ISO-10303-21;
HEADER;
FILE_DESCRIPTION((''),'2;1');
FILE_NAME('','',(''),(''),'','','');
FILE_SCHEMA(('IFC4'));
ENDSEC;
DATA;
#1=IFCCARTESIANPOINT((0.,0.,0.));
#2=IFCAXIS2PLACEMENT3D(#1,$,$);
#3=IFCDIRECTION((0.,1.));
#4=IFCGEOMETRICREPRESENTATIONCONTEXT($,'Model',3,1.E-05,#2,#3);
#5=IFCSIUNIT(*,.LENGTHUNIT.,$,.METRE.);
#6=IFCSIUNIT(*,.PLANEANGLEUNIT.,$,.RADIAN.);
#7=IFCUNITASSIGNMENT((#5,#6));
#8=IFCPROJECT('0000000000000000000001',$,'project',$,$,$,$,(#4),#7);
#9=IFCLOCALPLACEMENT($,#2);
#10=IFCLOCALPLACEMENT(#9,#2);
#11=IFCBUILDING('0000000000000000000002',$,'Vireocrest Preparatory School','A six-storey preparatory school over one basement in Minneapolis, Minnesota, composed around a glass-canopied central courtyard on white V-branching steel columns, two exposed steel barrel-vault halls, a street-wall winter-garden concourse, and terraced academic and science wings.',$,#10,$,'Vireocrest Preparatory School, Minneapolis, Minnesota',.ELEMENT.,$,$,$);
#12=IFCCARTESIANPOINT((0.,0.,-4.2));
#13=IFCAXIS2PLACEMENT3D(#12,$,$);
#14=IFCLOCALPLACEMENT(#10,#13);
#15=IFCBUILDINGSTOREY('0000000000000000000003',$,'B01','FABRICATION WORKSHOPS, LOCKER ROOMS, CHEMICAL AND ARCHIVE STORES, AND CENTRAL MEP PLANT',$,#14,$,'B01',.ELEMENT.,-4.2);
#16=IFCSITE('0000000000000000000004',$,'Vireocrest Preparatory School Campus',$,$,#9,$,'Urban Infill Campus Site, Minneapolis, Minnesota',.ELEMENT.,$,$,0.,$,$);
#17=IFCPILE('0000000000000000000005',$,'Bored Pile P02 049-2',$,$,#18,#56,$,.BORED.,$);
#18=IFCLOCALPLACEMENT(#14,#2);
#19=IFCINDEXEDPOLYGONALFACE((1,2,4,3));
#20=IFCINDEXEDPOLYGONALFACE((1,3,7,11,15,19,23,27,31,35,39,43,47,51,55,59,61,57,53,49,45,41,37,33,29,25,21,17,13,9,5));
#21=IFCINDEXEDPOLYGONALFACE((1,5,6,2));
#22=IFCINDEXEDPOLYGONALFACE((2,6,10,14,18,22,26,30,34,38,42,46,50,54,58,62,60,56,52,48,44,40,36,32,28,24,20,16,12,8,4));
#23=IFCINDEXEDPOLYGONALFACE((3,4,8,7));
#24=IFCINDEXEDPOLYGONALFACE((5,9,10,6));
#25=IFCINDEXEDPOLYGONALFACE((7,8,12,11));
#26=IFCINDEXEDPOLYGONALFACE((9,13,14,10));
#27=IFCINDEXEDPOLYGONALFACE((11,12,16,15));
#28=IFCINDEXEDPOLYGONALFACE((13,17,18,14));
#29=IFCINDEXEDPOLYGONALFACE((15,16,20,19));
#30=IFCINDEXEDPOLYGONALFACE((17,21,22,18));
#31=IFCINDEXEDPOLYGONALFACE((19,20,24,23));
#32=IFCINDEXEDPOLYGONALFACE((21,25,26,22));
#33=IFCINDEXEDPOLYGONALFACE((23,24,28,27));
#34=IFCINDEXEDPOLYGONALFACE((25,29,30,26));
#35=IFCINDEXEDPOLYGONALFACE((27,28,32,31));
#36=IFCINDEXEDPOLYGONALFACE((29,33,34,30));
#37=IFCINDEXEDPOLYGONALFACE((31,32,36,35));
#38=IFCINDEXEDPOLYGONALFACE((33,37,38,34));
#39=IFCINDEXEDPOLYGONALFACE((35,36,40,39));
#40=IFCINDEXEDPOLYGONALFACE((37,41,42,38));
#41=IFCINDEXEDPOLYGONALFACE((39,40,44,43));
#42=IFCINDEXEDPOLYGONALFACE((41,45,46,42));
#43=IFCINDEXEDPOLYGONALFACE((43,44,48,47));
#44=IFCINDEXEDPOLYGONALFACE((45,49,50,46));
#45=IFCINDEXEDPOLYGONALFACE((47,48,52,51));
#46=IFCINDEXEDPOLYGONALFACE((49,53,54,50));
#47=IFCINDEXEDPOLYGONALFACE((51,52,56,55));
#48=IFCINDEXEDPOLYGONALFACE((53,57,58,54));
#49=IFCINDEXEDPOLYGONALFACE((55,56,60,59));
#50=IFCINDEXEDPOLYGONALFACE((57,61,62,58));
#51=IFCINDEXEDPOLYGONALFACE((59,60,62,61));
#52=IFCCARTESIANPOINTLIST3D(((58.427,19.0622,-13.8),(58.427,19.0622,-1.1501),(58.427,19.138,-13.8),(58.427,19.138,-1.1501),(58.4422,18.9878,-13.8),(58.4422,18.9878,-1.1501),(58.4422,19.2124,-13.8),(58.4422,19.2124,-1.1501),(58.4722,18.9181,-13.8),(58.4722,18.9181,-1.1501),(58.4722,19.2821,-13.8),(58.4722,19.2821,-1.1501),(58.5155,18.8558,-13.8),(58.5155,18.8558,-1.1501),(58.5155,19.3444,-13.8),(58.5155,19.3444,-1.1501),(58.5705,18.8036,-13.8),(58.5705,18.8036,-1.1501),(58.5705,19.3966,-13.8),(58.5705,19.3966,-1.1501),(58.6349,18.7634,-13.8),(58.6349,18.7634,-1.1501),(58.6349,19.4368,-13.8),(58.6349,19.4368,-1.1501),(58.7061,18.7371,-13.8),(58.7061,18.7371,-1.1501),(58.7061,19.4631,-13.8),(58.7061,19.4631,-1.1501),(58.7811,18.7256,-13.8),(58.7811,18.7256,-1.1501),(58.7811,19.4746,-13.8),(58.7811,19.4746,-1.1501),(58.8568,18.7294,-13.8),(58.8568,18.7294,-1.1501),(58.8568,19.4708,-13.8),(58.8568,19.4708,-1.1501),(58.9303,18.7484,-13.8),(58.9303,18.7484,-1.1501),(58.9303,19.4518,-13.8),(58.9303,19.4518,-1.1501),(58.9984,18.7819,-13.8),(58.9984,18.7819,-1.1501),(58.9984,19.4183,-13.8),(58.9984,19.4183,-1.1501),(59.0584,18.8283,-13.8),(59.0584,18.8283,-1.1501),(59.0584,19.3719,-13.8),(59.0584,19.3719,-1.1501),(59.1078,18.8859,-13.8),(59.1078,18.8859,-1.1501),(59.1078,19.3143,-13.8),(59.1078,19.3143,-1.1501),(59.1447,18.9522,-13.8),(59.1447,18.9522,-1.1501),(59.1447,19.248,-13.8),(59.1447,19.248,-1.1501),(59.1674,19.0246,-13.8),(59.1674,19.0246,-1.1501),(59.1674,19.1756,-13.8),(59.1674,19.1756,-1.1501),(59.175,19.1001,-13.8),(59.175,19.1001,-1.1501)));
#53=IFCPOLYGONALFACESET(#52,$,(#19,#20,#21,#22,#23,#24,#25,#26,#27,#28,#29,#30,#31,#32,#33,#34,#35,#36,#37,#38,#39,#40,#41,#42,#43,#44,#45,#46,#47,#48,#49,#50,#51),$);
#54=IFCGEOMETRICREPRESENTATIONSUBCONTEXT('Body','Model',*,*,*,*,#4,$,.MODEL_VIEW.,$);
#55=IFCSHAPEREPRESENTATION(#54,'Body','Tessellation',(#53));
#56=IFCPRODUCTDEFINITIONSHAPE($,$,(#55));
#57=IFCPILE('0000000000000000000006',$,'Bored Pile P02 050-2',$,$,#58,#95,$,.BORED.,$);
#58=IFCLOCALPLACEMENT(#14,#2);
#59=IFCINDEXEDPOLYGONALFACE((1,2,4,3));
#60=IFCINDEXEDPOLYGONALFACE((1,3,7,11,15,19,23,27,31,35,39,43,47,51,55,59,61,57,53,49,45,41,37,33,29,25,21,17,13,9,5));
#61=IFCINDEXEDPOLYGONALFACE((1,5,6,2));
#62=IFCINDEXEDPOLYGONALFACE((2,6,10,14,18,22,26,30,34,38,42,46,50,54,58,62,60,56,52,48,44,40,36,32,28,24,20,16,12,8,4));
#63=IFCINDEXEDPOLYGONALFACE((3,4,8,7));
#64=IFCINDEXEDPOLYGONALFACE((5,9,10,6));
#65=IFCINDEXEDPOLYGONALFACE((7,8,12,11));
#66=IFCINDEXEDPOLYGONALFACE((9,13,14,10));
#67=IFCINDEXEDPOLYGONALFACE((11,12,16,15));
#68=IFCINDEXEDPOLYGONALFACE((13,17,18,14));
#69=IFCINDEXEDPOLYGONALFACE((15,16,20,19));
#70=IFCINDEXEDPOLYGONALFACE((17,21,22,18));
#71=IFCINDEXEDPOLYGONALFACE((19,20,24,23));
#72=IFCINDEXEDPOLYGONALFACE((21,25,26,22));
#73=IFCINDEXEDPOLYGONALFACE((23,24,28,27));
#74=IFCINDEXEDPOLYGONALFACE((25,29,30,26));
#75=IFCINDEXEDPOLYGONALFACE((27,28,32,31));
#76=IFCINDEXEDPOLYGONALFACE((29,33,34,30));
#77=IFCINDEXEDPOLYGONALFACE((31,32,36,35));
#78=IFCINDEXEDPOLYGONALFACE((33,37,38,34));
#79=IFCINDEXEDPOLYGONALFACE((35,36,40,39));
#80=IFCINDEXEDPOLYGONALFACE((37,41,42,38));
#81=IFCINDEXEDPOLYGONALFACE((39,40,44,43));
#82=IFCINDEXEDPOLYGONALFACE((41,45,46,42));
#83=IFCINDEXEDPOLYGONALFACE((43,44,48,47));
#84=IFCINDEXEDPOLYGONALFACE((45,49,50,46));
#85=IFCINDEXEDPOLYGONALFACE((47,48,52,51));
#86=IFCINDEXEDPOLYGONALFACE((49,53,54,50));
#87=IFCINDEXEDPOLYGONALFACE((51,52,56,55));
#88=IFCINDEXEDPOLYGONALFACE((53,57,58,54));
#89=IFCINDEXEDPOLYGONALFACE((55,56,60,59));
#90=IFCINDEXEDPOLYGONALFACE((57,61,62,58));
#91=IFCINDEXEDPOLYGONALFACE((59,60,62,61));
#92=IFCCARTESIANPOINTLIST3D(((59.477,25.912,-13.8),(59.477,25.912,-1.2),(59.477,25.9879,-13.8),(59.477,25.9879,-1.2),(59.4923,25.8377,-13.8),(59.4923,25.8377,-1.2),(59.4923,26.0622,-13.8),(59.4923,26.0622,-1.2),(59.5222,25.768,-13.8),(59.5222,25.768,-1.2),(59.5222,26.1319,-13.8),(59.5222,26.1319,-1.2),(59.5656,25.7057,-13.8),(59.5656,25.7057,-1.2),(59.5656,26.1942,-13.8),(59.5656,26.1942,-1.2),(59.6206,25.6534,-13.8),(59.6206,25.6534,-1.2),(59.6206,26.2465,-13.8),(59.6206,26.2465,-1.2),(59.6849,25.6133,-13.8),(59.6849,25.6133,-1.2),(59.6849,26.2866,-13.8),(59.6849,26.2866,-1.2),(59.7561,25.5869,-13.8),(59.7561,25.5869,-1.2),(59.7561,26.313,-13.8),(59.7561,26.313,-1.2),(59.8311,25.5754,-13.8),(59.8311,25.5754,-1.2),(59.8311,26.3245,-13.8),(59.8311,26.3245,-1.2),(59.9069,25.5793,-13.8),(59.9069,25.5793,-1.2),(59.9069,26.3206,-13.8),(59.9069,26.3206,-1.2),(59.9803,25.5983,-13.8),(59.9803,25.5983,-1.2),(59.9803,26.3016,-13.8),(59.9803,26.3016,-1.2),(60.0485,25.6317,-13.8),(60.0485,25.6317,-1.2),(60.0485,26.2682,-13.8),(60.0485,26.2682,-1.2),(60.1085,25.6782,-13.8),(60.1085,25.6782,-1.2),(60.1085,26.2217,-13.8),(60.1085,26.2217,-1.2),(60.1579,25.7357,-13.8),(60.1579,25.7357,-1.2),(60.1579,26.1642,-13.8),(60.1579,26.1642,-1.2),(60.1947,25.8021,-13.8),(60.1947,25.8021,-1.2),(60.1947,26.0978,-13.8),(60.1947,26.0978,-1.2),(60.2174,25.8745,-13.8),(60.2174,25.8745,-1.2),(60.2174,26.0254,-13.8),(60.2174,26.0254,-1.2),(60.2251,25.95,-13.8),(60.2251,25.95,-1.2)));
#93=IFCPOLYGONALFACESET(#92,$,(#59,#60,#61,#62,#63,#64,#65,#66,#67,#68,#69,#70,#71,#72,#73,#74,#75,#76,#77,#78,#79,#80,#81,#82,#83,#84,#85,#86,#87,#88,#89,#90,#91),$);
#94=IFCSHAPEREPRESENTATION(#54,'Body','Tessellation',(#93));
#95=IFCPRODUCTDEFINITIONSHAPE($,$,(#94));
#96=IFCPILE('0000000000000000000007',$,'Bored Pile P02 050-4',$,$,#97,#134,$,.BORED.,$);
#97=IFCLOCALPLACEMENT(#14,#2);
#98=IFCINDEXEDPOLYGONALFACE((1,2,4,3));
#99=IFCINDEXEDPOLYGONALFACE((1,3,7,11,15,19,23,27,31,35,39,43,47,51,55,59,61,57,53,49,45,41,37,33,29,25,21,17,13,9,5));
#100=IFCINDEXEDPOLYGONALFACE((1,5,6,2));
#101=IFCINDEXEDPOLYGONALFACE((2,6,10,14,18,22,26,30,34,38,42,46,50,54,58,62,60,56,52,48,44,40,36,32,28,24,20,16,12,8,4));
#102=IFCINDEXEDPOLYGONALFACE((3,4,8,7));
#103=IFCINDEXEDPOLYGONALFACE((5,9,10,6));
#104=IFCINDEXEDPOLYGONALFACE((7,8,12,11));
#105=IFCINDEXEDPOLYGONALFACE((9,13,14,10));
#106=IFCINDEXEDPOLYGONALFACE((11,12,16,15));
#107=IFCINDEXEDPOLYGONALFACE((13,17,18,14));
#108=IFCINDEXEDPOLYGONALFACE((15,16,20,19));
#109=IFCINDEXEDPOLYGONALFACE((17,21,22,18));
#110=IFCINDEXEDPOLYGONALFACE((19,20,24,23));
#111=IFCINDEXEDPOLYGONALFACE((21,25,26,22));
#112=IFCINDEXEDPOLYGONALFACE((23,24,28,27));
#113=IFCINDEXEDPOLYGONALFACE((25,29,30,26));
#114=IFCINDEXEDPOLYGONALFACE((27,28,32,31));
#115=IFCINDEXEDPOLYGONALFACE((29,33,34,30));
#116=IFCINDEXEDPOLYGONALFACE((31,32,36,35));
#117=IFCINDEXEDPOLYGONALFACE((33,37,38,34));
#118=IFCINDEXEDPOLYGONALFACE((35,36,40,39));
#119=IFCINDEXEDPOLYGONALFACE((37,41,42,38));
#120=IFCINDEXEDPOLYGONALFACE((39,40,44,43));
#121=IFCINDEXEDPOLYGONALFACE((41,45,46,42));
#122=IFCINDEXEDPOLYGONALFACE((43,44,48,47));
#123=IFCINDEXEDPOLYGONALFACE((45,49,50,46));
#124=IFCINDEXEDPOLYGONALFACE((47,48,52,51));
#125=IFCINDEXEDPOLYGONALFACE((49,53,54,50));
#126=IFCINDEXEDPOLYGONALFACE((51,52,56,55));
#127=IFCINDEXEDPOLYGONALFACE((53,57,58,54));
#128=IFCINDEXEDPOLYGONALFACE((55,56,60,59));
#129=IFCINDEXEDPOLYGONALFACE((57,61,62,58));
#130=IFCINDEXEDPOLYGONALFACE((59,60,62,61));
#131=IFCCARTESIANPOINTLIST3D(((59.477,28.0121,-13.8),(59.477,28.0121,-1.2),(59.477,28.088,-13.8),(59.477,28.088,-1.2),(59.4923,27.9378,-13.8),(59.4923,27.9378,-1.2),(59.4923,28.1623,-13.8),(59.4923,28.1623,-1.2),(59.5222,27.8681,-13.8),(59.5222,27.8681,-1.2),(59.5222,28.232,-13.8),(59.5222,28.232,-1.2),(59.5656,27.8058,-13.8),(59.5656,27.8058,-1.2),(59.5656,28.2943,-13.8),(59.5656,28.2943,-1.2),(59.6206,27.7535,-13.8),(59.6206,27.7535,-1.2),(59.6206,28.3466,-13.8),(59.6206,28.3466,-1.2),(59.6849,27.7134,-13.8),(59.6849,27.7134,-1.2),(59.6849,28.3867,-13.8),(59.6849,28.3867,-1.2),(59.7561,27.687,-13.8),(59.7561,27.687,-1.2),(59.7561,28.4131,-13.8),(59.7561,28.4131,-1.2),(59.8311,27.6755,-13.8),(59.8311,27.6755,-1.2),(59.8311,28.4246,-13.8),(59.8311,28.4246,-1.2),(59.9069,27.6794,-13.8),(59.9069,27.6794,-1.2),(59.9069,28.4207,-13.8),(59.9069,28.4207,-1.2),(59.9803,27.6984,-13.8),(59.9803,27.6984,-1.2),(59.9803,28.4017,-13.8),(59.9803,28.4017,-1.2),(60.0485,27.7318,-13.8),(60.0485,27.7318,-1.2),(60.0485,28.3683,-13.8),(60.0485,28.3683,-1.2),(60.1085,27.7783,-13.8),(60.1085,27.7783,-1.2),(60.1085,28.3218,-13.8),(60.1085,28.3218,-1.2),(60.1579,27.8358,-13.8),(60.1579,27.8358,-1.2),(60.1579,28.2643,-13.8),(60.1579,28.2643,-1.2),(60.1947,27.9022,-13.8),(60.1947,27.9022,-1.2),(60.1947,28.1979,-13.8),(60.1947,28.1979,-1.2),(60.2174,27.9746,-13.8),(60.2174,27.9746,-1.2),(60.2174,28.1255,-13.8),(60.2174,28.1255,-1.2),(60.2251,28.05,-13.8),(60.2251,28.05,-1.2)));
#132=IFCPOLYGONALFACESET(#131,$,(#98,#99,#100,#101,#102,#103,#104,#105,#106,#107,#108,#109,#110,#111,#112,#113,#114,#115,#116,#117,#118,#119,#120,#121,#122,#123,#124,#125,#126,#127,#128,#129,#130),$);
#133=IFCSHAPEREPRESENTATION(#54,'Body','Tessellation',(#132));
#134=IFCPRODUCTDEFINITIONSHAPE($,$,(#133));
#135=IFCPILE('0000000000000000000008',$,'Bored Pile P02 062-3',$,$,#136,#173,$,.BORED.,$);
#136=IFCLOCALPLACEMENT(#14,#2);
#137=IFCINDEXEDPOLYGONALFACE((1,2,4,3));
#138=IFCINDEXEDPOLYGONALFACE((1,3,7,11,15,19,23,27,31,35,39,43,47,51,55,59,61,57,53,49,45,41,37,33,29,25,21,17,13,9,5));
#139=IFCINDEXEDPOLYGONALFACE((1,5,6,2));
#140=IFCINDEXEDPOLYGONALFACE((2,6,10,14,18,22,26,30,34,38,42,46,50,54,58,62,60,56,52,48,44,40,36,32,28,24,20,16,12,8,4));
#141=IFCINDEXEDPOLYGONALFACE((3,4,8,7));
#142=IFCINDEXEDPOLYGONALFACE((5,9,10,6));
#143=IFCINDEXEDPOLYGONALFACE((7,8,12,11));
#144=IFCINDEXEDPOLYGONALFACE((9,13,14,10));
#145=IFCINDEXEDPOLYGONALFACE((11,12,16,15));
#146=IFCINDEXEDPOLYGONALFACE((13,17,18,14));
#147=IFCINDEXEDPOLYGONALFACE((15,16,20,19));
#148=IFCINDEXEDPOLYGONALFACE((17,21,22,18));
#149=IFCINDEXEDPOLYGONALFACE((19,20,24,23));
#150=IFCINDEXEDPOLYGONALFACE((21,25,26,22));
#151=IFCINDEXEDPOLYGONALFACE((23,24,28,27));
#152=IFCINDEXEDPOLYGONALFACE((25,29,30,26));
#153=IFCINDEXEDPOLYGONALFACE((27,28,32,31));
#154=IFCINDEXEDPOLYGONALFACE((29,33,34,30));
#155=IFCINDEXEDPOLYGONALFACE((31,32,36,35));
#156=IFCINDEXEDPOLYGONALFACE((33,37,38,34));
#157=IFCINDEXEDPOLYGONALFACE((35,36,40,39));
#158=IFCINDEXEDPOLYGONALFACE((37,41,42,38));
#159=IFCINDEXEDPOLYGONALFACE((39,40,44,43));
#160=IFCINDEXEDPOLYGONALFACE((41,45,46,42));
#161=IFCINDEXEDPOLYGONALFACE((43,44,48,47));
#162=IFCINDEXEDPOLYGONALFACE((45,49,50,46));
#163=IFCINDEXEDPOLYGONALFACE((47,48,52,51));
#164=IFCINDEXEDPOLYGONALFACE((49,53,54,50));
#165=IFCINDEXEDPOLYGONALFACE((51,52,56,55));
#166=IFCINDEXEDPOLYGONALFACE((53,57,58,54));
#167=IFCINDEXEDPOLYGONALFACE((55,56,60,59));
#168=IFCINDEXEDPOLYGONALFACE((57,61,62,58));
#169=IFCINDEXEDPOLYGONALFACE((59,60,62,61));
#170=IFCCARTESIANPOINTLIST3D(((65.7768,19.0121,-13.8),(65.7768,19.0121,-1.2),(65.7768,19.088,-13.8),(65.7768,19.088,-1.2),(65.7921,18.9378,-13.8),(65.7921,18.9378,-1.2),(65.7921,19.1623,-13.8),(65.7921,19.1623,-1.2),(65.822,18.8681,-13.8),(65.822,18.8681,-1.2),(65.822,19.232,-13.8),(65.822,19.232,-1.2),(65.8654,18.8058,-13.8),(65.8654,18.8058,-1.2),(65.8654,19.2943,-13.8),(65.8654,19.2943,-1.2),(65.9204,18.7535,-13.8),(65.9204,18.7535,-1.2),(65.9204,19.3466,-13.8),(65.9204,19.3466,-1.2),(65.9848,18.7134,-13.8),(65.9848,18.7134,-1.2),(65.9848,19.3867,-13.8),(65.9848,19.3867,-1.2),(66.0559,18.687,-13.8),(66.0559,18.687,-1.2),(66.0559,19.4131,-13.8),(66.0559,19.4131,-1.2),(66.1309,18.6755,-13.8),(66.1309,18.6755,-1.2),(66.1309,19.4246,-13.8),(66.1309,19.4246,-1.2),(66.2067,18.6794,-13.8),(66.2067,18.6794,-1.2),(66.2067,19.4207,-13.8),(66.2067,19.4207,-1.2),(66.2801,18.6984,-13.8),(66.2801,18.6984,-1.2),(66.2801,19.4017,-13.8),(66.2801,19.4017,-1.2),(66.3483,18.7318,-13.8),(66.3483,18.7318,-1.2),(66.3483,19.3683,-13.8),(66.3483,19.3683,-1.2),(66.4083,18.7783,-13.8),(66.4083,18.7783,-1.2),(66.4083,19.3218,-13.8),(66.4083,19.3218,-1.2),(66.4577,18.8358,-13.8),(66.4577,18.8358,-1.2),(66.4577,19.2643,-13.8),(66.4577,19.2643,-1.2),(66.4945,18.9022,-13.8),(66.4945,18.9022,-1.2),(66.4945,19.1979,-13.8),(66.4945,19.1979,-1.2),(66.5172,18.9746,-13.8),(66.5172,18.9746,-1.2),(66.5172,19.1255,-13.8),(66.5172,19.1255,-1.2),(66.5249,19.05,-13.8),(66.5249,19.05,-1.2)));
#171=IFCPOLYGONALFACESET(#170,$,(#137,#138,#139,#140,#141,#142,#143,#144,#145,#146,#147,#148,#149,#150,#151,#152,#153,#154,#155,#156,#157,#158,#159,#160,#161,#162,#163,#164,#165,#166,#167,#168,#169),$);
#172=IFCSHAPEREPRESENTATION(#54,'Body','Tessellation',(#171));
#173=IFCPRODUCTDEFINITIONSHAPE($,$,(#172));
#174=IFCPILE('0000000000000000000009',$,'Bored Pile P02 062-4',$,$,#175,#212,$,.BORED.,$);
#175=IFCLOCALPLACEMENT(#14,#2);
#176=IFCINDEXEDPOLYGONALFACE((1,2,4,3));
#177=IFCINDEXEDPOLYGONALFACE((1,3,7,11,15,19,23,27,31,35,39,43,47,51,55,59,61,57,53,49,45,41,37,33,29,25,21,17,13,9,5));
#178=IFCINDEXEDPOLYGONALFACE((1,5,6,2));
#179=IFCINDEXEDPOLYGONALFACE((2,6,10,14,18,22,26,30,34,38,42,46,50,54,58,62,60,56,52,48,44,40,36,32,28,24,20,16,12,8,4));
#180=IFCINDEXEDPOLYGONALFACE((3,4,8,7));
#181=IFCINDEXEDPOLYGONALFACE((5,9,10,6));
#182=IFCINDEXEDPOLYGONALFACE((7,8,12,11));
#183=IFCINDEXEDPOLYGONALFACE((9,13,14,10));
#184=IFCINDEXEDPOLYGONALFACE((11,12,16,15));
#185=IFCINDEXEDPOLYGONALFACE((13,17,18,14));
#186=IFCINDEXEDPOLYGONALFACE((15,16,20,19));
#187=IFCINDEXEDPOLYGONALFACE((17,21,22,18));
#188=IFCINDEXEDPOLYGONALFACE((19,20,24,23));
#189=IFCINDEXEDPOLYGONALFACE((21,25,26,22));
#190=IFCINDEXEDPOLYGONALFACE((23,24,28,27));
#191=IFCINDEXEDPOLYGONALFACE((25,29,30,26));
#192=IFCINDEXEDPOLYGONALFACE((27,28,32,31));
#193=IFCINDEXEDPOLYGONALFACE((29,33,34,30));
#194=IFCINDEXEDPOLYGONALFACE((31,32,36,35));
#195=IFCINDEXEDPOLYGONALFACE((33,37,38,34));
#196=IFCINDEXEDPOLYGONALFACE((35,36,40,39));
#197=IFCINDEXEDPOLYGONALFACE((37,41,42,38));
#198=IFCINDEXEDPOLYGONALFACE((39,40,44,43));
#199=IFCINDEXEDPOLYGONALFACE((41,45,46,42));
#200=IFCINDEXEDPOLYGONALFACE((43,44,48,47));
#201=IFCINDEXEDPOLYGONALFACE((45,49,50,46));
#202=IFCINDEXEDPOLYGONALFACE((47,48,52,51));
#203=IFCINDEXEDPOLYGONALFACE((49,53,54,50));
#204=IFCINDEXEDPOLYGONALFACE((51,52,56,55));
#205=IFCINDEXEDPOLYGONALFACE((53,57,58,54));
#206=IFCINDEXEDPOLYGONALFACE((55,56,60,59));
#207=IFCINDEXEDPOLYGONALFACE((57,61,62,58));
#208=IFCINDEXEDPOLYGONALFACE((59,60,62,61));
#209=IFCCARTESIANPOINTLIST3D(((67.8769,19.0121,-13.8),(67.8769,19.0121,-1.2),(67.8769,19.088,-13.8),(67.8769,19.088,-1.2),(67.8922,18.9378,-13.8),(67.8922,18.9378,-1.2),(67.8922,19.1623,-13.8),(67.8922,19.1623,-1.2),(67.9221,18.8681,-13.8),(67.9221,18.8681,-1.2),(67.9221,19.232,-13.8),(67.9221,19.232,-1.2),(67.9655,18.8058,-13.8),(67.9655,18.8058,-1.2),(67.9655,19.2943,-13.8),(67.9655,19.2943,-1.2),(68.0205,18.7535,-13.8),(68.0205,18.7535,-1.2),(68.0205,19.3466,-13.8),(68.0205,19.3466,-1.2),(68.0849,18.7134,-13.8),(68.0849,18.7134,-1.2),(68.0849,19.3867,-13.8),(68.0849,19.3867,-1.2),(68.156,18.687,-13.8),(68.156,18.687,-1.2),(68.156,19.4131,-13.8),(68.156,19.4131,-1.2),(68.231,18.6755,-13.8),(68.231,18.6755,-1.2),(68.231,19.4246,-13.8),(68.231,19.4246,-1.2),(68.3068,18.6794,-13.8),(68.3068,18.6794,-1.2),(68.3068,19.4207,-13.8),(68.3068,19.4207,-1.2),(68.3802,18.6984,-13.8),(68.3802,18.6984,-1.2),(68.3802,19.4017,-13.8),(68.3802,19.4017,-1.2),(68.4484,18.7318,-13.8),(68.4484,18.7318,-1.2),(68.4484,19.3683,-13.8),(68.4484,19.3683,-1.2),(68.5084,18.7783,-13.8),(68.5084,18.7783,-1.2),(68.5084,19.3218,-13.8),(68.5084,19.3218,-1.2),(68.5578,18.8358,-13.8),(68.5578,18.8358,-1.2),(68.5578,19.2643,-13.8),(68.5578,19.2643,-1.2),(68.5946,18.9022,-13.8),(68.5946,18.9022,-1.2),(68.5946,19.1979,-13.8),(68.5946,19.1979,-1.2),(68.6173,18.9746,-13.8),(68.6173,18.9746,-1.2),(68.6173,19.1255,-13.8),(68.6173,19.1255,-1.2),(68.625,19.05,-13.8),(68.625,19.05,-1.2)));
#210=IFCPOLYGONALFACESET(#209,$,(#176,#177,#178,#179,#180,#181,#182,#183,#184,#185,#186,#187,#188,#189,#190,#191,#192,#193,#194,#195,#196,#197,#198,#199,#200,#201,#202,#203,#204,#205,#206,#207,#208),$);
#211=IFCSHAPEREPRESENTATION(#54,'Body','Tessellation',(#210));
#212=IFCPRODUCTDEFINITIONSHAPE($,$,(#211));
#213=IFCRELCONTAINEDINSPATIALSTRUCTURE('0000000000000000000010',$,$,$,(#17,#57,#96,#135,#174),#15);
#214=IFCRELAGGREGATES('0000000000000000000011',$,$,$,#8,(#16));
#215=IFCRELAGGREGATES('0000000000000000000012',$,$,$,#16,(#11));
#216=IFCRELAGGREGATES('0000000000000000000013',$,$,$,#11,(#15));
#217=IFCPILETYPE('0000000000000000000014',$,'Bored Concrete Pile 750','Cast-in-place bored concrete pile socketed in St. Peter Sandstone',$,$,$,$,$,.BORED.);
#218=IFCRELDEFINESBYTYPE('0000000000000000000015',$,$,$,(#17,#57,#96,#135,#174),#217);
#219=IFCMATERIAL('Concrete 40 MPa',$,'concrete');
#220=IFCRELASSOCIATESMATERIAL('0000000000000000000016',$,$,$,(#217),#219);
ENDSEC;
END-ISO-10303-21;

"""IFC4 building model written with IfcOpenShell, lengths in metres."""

from ifc_helpers import new_model, si_unit, direction, frame, origin, origin_2d, place, context, subcontext, project, spatial, circle, extrude, material, material_profile, profile_set, type_object, element, save


model = new_model("IFC4")

# Units and contexts
model_context = context("Model", 3, precision=1e-05, world=origin(), true_north=direction((0.0, 1.0)))
body_context = subcontext(model_context, "Body", "Model", "MODEL_VIEW")
ifc_project = project(units=[si_unit("LENGTHUNIT", "METRE"), si_unit("PLANEANGLEUNIT", "RADIAN")], contexts=[model_context])

# Site, building, storey
site_placement = place(None, origin())
site = spatial("IfcSite", under=ifc_project, at=site_placement, Name="Vireocrest Preparatory School Campus", LongName="Urban Infill Campus Site, Minneapolis, Minnesota", CompositionType="ELEMENT", RefElevation=0.0)
building_placement = place(site_placement, origin())
building = spatial("IfcBuilding", under=site, at=building_placement, Name="Vireocrest Preparatory School", Description="A six-storey preparatory school over one basement in Minneapolis, Minnesota, composed around a glass-canopied central courtyard on white V-branching steel columns, two exposed steel barrel-vault halls, a street-wall winter-garden concourse, and terraced academic and science wings.", LongName="Vireocrest Preparatory School, Minneapolis, Minnesota", CompositionType="ELEMENT")
storey_placement = place(building_placement, frame((0.0, 0.0, -4.2)))
storey = spatial("IfcBuildingStorey", under=building, at=storey_placement, Name="B01", Description="FABRICATION WORKSHOPS, LOCKER ROOMS, CHEMICAL AND ARCHIVE STORES, AND CENTRAL MEP PLANT", LongName="B01", CompositionType="ELEMENT", Elevation=-4.2)

# Piles
ifc_material_1 = material(Name="Concrete 40 MPa", Category="concrete")
ifc_material_profile_1 = material_profile(ifc_material_1, circle(Radius=0.375, at=origin_2d()), Name="BORED PILE 750")
ifc_profile_set_1 = profile_set([ifc_material_profile_1], Name="Concrete 40 MPa")
pile_type = type_object("IfcPileType", Name="Bored Concrete Pile 750", Description="Cast-in-place bored concrete pile socketed in St. Peter Sandstone", PredefinedType="BORED", material=ifc_profile_set_1)
pile_1_placement = place(storey_placement, frame((58.8, 19.1001, -1.1501), z_axis=(0.0, 0.0, -1.0), x_axis=(1.0, 0.0, 0.0)))
element("IfcPile", 1, at=pile_1_placement, inside=storey, type_object=pile_type, Name="Bored Pile P02 049-2", PredefinedType="BORED", context=body_context, shape_type="SweptSolid", body=[
    extrude(circle(Radius=0.375, at=origin_2d()), origin(), (0.0, 0.0, 1.0), 12.6499),
])
for number, where, z_axis, x_axis, name in (
    (2, (59.8501, 25.95, -1.2), (0.0, 0.0, -1.0), (1.0, 0.0, 0.0), "Bored Pile P02 050-2"),
    (3, (59.8501, 28.05, -1.2), (0.0, 0.0, -1.0), (1.0, 0.0, 0.0), "Bored Pile P02 050-4"),
    (4, (66.1499, 19.05, -1.2), (0.0, 0.0, -1.0), (1.0, 0.0, 0.0), "Bored Pile P02 062-3"),
    (5, (68.25, 19.05, -1.2), (0.0, 0.0, -1.0), (1.0, 0.0, 0.0), "Bored Pile P02 062-4"),
):
    element("IfcPile", number, at=place(storey_placement, frame(where, z_axis=z_axis, x_axis=x_axis)), inside=storey, type_object=pile_type, Name=name, PredefinedType="BORED", context=body_context, shape_type="SweptSolid", body=[
        extrude(circle(Radius=0.375, at=origin_2d()), origin(), (0.0, 0.0, 1.0), 12.6001),
    ])

save(model, "model.ifc")
